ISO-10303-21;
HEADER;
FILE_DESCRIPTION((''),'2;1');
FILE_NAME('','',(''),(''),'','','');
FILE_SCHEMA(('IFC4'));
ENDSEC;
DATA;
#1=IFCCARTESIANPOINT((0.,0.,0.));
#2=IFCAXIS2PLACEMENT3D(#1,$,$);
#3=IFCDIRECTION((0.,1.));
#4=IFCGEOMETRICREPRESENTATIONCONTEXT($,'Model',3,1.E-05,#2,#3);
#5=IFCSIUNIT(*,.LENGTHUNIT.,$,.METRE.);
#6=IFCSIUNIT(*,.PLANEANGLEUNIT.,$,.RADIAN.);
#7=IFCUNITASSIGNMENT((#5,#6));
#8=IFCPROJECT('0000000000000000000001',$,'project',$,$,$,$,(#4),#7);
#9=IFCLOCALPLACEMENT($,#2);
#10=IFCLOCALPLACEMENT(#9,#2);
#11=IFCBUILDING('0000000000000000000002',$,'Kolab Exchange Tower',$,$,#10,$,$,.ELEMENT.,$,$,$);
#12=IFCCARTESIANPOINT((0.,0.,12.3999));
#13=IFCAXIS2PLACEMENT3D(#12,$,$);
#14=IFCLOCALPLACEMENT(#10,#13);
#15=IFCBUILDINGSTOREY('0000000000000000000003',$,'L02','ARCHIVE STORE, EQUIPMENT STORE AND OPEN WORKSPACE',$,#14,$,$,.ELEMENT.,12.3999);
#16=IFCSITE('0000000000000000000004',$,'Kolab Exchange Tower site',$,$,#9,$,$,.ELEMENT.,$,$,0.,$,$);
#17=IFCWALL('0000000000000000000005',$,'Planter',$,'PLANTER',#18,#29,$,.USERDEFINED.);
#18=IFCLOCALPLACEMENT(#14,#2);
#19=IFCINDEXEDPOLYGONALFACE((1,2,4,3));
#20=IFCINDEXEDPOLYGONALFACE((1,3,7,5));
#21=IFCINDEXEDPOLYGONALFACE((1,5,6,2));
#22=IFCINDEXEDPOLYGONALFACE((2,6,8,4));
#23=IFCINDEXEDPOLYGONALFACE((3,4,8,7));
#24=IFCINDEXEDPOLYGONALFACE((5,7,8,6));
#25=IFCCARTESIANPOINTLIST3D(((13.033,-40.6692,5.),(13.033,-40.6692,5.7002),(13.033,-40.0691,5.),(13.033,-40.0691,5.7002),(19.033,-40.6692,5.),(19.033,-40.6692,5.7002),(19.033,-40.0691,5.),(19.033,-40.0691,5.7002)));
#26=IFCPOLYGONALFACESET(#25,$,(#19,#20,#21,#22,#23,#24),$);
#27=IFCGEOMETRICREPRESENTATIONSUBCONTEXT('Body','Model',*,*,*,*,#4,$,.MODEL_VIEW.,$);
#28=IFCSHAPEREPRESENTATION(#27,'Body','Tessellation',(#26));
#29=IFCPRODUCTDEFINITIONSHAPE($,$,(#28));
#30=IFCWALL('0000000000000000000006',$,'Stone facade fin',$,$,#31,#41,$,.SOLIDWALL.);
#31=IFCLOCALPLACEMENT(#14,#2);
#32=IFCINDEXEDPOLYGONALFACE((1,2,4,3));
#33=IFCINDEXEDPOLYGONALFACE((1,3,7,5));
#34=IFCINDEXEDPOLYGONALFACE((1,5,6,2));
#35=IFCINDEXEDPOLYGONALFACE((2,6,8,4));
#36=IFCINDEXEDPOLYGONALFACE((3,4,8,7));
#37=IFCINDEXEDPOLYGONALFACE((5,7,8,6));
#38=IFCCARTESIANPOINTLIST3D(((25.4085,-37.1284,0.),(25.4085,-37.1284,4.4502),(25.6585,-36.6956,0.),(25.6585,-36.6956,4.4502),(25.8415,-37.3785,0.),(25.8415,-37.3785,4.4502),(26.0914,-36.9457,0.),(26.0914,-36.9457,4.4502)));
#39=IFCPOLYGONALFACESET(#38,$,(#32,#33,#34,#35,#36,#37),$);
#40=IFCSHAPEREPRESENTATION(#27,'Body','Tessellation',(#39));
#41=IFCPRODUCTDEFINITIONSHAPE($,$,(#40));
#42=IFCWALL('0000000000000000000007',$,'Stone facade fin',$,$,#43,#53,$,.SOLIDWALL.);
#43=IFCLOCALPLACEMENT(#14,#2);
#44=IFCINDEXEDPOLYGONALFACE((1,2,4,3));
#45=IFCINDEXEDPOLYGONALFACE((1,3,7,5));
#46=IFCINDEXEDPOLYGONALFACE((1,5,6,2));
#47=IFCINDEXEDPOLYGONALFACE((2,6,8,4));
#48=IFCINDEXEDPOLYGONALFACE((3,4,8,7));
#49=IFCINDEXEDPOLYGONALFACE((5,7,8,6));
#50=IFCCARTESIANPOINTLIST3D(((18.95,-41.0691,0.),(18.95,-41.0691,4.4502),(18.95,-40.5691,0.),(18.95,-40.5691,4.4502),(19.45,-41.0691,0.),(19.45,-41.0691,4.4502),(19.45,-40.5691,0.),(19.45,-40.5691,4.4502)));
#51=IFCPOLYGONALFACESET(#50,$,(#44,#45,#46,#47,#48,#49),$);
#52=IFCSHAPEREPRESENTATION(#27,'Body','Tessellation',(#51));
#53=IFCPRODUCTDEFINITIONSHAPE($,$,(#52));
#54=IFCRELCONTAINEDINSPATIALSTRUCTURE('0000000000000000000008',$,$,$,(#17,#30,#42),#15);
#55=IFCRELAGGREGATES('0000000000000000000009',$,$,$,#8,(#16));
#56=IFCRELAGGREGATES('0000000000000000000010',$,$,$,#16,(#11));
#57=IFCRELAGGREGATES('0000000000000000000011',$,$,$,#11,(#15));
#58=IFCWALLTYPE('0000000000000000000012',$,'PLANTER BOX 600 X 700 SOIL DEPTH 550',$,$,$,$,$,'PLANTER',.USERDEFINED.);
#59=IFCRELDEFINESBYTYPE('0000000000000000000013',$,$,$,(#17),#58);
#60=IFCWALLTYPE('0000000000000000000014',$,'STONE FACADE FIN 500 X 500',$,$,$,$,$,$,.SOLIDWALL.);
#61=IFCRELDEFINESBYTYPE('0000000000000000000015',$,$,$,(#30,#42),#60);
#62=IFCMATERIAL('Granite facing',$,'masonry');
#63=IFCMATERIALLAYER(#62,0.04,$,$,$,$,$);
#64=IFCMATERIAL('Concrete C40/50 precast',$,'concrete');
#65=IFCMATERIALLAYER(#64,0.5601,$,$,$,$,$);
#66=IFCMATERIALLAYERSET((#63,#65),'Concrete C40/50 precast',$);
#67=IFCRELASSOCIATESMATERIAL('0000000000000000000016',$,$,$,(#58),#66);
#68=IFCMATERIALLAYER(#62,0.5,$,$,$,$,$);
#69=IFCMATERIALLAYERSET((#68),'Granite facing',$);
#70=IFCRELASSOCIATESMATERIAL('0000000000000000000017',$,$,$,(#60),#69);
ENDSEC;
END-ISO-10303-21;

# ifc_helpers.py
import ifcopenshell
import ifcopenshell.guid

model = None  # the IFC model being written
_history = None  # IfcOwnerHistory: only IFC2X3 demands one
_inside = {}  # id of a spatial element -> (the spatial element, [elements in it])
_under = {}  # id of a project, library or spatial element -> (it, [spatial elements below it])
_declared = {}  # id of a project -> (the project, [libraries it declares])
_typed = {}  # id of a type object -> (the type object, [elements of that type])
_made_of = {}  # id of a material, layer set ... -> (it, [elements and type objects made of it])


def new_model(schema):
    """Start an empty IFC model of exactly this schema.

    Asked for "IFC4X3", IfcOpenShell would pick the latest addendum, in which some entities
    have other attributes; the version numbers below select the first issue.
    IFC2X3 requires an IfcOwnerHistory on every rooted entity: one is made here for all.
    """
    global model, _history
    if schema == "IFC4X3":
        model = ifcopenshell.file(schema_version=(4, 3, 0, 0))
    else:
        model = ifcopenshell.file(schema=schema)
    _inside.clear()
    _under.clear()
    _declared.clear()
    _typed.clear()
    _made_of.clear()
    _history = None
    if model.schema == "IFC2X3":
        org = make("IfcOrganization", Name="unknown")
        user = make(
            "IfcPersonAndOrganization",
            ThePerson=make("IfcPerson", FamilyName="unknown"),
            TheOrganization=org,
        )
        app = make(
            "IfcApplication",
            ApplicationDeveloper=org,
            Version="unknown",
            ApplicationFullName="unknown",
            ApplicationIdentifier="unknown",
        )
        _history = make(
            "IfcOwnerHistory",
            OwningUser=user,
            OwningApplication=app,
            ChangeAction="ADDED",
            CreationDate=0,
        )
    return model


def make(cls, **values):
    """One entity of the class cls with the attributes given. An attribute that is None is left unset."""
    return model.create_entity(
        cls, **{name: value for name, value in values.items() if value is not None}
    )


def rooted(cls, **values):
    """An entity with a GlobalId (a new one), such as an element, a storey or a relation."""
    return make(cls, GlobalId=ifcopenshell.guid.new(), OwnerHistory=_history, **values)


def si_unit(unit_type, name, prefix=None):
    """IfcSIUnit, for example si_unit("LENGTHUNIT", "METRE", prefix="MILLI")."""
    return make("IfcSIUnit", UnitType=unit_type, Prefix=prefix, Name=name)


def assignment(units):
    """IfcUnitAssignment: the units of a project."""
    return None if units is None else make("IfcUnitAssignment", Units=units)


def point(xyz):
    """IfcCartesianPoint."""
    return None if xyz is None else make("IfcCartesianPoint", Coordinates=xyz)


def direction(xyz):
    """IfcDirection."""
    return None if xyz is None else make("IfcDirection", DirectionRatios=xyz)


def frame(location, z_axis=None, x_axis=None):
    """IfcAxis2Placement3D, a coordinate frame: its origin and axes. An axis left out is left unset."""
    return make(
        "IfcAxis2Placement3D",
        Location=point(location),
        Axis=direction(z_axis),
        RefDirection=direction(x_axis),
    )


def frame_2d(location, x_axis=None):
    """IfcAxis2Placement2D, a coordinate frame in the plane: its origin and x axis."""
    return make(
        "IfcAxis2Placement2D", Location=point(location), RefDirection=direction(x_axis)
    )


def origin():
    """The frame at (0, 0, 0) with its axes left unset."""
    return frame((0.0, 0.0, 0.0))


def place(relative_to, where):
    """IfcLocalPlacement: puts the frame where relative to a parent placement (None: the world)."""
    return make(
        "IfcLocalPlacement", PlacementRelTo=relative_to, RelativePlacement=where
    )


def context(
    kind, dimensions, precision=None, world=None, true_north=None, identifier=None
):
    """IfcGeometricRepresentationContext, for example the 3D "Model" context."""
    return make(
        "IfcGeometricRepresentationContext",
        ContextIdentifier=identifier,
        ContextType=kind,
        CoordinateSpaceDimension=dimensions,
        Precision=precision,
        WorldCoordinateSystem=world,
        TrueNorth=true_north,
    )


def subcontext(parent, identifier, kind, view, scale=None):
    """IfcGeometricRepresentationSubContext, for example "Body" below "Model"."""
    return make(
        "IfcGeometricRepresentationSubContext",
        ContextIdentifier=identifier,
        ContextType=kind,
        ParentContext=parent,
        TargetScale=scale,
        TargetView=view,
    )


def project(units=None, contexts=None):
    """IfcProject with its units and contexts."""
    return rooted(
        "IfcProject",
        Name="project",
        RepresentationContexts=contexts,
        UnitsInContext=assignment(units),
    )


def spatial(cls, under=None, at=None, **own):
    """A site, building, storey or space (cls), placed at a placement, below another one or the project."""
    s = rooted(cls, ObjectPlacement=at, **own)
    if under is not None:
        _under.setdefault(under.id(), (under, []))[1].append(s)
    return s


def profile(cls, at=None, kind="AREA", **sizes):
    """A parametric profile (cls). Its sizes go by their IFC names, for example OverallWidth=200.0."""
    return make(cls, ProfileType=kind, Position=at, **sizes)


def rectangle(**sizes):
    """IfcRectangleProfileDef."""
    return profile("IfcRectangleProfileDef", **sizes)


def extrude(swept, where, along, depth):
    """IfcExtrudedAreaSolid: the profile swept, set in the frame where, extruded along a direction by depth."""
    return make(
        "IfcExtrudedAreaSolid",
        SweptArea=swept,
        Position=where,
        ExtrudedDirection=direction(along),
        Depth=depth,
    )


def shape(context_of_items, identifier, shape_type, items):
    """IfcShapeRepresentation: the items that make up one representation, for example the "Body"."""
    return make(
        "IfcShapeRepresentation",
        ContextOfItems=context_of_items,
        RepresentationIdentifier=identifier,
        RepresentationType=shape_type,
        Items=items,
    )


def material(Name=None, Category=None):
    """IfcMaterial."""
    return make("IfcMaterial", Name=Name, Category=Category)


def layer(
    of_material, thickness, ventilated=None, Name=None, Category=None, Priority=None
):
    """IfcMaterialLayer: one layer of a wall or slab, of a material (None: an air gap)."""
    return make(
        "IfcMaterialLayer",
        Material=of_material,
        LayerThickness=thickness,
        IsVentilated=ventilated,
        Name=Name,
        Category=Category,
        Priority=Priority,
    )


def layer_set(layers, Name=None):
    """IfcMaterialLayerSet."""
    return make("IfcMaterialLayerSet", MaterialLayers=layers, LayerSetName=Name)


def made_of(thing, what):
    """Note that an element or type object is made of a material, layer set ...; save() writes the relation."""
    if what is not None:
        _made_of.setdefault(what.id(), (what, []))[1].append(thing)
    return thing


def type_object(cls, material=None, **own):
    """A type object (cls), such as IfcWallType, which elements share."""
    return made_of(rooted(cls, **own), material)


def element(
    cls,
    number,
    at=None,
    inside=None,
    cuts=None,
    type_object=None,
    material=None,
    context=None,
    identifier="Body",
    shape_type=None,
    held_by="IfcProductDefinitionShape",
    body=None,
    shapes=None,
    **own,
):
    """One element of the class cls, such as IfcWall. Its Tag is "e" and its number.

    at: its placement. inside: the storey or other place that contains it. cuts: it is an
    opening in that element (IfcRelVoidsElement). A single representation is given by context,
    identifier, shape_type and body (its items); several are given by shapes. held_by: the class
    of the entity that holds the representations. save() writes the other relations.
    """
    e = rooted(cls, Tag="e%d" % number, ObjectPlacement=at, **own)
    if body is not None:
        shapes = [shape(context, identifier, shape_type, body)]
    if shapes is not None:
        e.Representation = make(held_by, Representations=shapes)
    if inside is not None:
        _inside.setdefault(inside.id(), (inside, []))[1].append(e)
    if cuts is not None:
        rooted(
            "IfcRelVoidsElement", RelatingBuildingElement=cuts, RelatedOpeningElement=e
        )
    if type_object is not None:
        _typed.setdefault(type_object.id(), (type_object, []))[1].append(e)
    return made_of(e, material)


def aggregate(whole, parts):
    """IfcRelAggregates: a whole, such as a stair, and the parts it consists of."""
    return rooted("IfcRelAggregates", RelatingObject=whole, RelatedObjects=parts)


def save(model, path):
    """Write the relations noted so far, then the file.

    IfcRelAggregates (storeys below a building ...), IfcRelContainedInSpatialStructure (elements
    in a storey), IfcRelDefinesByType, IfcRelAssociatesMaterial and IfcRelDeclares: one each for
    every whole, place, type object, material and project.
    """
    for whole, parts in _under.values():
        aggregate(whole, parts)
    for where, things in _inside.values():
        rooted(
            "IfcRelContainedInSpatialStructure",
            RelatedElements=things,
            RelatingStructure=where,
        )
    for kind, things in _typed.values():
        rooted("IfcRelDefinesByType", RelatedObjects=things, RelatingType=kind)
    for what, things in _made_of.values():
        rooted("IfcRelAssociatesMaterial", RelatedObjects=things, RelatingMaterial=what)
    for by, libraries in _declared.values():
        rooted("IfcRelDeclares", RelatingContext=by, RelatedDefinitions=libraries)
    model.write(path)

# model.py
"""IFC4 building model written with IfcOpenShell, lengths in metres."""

from ifc_helpers import new_model, si_unit, direction, frame, frame_2d, origin, place, context, subcontext, project, spatial, rectangle, extrude, material, layer, layer_set, type_object, element, save


model = new_model("IFC4")

# Units and contexts
model_context = context("Model", 3, precision=1e-05, world=origin(), true_north=direction((0.0, 1.0)))
body_context = subcontext(model_context, "Body", "Model", "MODEL_VIEW")
ifc_project = project(units=[si_unit("LENGTHUNIT", "METRE"), si_unit("PLANEANGLEUNIT", "RADIAN")], contexts=[model_context])

# Site, building, storey
site_placement = place(None, origin())
site = spatial("IfcSite", under=ifc_project, at=site_placement, Name="Kolab Exchange Tower site", CompositionType="ELEMENT", RefElevation=0.0)
building_placement = place(site_placement, origin())
building = spatial("IfcBuilding", under=site, at=building_placement, Name="Kolab Exchange Tower", CompositionType="ELEMENT")
storey_placement = place(building_placement, frame((0.0, 0.0, 12.3999)))
storey = spatial("IfcBuildingStorey", under=building, at=storey_placement, Name="L02", Description="ARCHIVE STORE, EQUIPMENT STORE AND OPEN WORKSPACE", CompositionType="ELEMENT", Elevation=12.3999)

# Walls
ifc_material_1 = material(Name="Granite facing", Category="masonry")
ifc_layer_1 = layer(ifc_material_1, 0.04)
ifc_material_2 = material(Name="Concrete C40/50 precast", Category="concrete")
ifc_layer_2 = layer(ifc_material_2, 0.5601)
ifc_layer_set_1 = layer_set([ifc_layer_1, ifc_layer_2], Name="Concrete C40/50 precast")
wall_type_1 = type_object("IfcWallType", Name="PLANTER BOX 600 X 700 SOIL DEPTH 550", ElementType="PLANTER", PredefinedType="USERDEFINED", material=ifc_layer_set_1)
for number, where, z_axis, x_axis, name in (
    (1, (19.033, -40.3691, 5.0), (0.0, 0.0, 1.0), (-1.0, 0.0, 0.0), "Planter"),
):
    element("IfcWall", number, at=place(storey_placement, frame(where, z_axis=z_axis, x_axis=x_axis)), inside=storey, type_object=wall_type_1, Name=name, ObjectType="PLANTER", PredefinedType="USERDEFINED", context=body_context, shape_type="SweptSolid", body=[
        extrude(rectangle(XDim=6.0, YDim=0.6001, at=frame_2d((3.0, 0.0))), origin(), (0.0, 0.0, 1.0), 0.7002),
    ])
ifc_layer_3 = layer(ifc_material_1, 0.5)
ifc_layer_set_2 = layer_set([ifc_layer_3], Name="Granite facing")
wall_type_2 = type_object("IfcWallType", Name="STONE FACADE FIN 500 X 500", PredefinedType="SOLIDWALL", material=ifc_layer_set_2)
wall_1_placement = place(storey_placement, frame((25.875, -36.8206, 0.0), z_axis=(0.0, 0.0, 1.0), x_axis=(-0.500131, -0.86595, 0.0)))
element("IfcWall", 2, at=wall_1_placement, inside=storey, type_object=wall_type_2, Name="Stone facade fin", PredefinedType="SOLIDWALL", context=body_context, shape_type="SweptSolid", body=[
    extrude(rectangle(XDim=0.4998, YDim=0.5, at=frame_2d((0.25, 0.0))), origin(), (0.0, 0.0, 1.0), 4.4502),
])
wall_2_placement = place(storey_placement, frame((19.45, -40.8191, 0.0), z_axis=(0.0, 0.0, 1.0), x_axis=(-1.0, 0.0, 0.0)))
element("IfcWall", 3, at=wall_2_placement, inside=storey, type_object=wall_type_2, Name="Stone facade fin", PredefinedType="SOLIDWALL", context=body_context, shape_type="SweptSolid", body=[
    extrude(rectangle(XDim=0.5, YDim=0.5, at=frame_2d((0.25, 0.0))), origin(), (0.0, 0.0, 1.0), 4.4502),
])

save(model, "model.ifc")
